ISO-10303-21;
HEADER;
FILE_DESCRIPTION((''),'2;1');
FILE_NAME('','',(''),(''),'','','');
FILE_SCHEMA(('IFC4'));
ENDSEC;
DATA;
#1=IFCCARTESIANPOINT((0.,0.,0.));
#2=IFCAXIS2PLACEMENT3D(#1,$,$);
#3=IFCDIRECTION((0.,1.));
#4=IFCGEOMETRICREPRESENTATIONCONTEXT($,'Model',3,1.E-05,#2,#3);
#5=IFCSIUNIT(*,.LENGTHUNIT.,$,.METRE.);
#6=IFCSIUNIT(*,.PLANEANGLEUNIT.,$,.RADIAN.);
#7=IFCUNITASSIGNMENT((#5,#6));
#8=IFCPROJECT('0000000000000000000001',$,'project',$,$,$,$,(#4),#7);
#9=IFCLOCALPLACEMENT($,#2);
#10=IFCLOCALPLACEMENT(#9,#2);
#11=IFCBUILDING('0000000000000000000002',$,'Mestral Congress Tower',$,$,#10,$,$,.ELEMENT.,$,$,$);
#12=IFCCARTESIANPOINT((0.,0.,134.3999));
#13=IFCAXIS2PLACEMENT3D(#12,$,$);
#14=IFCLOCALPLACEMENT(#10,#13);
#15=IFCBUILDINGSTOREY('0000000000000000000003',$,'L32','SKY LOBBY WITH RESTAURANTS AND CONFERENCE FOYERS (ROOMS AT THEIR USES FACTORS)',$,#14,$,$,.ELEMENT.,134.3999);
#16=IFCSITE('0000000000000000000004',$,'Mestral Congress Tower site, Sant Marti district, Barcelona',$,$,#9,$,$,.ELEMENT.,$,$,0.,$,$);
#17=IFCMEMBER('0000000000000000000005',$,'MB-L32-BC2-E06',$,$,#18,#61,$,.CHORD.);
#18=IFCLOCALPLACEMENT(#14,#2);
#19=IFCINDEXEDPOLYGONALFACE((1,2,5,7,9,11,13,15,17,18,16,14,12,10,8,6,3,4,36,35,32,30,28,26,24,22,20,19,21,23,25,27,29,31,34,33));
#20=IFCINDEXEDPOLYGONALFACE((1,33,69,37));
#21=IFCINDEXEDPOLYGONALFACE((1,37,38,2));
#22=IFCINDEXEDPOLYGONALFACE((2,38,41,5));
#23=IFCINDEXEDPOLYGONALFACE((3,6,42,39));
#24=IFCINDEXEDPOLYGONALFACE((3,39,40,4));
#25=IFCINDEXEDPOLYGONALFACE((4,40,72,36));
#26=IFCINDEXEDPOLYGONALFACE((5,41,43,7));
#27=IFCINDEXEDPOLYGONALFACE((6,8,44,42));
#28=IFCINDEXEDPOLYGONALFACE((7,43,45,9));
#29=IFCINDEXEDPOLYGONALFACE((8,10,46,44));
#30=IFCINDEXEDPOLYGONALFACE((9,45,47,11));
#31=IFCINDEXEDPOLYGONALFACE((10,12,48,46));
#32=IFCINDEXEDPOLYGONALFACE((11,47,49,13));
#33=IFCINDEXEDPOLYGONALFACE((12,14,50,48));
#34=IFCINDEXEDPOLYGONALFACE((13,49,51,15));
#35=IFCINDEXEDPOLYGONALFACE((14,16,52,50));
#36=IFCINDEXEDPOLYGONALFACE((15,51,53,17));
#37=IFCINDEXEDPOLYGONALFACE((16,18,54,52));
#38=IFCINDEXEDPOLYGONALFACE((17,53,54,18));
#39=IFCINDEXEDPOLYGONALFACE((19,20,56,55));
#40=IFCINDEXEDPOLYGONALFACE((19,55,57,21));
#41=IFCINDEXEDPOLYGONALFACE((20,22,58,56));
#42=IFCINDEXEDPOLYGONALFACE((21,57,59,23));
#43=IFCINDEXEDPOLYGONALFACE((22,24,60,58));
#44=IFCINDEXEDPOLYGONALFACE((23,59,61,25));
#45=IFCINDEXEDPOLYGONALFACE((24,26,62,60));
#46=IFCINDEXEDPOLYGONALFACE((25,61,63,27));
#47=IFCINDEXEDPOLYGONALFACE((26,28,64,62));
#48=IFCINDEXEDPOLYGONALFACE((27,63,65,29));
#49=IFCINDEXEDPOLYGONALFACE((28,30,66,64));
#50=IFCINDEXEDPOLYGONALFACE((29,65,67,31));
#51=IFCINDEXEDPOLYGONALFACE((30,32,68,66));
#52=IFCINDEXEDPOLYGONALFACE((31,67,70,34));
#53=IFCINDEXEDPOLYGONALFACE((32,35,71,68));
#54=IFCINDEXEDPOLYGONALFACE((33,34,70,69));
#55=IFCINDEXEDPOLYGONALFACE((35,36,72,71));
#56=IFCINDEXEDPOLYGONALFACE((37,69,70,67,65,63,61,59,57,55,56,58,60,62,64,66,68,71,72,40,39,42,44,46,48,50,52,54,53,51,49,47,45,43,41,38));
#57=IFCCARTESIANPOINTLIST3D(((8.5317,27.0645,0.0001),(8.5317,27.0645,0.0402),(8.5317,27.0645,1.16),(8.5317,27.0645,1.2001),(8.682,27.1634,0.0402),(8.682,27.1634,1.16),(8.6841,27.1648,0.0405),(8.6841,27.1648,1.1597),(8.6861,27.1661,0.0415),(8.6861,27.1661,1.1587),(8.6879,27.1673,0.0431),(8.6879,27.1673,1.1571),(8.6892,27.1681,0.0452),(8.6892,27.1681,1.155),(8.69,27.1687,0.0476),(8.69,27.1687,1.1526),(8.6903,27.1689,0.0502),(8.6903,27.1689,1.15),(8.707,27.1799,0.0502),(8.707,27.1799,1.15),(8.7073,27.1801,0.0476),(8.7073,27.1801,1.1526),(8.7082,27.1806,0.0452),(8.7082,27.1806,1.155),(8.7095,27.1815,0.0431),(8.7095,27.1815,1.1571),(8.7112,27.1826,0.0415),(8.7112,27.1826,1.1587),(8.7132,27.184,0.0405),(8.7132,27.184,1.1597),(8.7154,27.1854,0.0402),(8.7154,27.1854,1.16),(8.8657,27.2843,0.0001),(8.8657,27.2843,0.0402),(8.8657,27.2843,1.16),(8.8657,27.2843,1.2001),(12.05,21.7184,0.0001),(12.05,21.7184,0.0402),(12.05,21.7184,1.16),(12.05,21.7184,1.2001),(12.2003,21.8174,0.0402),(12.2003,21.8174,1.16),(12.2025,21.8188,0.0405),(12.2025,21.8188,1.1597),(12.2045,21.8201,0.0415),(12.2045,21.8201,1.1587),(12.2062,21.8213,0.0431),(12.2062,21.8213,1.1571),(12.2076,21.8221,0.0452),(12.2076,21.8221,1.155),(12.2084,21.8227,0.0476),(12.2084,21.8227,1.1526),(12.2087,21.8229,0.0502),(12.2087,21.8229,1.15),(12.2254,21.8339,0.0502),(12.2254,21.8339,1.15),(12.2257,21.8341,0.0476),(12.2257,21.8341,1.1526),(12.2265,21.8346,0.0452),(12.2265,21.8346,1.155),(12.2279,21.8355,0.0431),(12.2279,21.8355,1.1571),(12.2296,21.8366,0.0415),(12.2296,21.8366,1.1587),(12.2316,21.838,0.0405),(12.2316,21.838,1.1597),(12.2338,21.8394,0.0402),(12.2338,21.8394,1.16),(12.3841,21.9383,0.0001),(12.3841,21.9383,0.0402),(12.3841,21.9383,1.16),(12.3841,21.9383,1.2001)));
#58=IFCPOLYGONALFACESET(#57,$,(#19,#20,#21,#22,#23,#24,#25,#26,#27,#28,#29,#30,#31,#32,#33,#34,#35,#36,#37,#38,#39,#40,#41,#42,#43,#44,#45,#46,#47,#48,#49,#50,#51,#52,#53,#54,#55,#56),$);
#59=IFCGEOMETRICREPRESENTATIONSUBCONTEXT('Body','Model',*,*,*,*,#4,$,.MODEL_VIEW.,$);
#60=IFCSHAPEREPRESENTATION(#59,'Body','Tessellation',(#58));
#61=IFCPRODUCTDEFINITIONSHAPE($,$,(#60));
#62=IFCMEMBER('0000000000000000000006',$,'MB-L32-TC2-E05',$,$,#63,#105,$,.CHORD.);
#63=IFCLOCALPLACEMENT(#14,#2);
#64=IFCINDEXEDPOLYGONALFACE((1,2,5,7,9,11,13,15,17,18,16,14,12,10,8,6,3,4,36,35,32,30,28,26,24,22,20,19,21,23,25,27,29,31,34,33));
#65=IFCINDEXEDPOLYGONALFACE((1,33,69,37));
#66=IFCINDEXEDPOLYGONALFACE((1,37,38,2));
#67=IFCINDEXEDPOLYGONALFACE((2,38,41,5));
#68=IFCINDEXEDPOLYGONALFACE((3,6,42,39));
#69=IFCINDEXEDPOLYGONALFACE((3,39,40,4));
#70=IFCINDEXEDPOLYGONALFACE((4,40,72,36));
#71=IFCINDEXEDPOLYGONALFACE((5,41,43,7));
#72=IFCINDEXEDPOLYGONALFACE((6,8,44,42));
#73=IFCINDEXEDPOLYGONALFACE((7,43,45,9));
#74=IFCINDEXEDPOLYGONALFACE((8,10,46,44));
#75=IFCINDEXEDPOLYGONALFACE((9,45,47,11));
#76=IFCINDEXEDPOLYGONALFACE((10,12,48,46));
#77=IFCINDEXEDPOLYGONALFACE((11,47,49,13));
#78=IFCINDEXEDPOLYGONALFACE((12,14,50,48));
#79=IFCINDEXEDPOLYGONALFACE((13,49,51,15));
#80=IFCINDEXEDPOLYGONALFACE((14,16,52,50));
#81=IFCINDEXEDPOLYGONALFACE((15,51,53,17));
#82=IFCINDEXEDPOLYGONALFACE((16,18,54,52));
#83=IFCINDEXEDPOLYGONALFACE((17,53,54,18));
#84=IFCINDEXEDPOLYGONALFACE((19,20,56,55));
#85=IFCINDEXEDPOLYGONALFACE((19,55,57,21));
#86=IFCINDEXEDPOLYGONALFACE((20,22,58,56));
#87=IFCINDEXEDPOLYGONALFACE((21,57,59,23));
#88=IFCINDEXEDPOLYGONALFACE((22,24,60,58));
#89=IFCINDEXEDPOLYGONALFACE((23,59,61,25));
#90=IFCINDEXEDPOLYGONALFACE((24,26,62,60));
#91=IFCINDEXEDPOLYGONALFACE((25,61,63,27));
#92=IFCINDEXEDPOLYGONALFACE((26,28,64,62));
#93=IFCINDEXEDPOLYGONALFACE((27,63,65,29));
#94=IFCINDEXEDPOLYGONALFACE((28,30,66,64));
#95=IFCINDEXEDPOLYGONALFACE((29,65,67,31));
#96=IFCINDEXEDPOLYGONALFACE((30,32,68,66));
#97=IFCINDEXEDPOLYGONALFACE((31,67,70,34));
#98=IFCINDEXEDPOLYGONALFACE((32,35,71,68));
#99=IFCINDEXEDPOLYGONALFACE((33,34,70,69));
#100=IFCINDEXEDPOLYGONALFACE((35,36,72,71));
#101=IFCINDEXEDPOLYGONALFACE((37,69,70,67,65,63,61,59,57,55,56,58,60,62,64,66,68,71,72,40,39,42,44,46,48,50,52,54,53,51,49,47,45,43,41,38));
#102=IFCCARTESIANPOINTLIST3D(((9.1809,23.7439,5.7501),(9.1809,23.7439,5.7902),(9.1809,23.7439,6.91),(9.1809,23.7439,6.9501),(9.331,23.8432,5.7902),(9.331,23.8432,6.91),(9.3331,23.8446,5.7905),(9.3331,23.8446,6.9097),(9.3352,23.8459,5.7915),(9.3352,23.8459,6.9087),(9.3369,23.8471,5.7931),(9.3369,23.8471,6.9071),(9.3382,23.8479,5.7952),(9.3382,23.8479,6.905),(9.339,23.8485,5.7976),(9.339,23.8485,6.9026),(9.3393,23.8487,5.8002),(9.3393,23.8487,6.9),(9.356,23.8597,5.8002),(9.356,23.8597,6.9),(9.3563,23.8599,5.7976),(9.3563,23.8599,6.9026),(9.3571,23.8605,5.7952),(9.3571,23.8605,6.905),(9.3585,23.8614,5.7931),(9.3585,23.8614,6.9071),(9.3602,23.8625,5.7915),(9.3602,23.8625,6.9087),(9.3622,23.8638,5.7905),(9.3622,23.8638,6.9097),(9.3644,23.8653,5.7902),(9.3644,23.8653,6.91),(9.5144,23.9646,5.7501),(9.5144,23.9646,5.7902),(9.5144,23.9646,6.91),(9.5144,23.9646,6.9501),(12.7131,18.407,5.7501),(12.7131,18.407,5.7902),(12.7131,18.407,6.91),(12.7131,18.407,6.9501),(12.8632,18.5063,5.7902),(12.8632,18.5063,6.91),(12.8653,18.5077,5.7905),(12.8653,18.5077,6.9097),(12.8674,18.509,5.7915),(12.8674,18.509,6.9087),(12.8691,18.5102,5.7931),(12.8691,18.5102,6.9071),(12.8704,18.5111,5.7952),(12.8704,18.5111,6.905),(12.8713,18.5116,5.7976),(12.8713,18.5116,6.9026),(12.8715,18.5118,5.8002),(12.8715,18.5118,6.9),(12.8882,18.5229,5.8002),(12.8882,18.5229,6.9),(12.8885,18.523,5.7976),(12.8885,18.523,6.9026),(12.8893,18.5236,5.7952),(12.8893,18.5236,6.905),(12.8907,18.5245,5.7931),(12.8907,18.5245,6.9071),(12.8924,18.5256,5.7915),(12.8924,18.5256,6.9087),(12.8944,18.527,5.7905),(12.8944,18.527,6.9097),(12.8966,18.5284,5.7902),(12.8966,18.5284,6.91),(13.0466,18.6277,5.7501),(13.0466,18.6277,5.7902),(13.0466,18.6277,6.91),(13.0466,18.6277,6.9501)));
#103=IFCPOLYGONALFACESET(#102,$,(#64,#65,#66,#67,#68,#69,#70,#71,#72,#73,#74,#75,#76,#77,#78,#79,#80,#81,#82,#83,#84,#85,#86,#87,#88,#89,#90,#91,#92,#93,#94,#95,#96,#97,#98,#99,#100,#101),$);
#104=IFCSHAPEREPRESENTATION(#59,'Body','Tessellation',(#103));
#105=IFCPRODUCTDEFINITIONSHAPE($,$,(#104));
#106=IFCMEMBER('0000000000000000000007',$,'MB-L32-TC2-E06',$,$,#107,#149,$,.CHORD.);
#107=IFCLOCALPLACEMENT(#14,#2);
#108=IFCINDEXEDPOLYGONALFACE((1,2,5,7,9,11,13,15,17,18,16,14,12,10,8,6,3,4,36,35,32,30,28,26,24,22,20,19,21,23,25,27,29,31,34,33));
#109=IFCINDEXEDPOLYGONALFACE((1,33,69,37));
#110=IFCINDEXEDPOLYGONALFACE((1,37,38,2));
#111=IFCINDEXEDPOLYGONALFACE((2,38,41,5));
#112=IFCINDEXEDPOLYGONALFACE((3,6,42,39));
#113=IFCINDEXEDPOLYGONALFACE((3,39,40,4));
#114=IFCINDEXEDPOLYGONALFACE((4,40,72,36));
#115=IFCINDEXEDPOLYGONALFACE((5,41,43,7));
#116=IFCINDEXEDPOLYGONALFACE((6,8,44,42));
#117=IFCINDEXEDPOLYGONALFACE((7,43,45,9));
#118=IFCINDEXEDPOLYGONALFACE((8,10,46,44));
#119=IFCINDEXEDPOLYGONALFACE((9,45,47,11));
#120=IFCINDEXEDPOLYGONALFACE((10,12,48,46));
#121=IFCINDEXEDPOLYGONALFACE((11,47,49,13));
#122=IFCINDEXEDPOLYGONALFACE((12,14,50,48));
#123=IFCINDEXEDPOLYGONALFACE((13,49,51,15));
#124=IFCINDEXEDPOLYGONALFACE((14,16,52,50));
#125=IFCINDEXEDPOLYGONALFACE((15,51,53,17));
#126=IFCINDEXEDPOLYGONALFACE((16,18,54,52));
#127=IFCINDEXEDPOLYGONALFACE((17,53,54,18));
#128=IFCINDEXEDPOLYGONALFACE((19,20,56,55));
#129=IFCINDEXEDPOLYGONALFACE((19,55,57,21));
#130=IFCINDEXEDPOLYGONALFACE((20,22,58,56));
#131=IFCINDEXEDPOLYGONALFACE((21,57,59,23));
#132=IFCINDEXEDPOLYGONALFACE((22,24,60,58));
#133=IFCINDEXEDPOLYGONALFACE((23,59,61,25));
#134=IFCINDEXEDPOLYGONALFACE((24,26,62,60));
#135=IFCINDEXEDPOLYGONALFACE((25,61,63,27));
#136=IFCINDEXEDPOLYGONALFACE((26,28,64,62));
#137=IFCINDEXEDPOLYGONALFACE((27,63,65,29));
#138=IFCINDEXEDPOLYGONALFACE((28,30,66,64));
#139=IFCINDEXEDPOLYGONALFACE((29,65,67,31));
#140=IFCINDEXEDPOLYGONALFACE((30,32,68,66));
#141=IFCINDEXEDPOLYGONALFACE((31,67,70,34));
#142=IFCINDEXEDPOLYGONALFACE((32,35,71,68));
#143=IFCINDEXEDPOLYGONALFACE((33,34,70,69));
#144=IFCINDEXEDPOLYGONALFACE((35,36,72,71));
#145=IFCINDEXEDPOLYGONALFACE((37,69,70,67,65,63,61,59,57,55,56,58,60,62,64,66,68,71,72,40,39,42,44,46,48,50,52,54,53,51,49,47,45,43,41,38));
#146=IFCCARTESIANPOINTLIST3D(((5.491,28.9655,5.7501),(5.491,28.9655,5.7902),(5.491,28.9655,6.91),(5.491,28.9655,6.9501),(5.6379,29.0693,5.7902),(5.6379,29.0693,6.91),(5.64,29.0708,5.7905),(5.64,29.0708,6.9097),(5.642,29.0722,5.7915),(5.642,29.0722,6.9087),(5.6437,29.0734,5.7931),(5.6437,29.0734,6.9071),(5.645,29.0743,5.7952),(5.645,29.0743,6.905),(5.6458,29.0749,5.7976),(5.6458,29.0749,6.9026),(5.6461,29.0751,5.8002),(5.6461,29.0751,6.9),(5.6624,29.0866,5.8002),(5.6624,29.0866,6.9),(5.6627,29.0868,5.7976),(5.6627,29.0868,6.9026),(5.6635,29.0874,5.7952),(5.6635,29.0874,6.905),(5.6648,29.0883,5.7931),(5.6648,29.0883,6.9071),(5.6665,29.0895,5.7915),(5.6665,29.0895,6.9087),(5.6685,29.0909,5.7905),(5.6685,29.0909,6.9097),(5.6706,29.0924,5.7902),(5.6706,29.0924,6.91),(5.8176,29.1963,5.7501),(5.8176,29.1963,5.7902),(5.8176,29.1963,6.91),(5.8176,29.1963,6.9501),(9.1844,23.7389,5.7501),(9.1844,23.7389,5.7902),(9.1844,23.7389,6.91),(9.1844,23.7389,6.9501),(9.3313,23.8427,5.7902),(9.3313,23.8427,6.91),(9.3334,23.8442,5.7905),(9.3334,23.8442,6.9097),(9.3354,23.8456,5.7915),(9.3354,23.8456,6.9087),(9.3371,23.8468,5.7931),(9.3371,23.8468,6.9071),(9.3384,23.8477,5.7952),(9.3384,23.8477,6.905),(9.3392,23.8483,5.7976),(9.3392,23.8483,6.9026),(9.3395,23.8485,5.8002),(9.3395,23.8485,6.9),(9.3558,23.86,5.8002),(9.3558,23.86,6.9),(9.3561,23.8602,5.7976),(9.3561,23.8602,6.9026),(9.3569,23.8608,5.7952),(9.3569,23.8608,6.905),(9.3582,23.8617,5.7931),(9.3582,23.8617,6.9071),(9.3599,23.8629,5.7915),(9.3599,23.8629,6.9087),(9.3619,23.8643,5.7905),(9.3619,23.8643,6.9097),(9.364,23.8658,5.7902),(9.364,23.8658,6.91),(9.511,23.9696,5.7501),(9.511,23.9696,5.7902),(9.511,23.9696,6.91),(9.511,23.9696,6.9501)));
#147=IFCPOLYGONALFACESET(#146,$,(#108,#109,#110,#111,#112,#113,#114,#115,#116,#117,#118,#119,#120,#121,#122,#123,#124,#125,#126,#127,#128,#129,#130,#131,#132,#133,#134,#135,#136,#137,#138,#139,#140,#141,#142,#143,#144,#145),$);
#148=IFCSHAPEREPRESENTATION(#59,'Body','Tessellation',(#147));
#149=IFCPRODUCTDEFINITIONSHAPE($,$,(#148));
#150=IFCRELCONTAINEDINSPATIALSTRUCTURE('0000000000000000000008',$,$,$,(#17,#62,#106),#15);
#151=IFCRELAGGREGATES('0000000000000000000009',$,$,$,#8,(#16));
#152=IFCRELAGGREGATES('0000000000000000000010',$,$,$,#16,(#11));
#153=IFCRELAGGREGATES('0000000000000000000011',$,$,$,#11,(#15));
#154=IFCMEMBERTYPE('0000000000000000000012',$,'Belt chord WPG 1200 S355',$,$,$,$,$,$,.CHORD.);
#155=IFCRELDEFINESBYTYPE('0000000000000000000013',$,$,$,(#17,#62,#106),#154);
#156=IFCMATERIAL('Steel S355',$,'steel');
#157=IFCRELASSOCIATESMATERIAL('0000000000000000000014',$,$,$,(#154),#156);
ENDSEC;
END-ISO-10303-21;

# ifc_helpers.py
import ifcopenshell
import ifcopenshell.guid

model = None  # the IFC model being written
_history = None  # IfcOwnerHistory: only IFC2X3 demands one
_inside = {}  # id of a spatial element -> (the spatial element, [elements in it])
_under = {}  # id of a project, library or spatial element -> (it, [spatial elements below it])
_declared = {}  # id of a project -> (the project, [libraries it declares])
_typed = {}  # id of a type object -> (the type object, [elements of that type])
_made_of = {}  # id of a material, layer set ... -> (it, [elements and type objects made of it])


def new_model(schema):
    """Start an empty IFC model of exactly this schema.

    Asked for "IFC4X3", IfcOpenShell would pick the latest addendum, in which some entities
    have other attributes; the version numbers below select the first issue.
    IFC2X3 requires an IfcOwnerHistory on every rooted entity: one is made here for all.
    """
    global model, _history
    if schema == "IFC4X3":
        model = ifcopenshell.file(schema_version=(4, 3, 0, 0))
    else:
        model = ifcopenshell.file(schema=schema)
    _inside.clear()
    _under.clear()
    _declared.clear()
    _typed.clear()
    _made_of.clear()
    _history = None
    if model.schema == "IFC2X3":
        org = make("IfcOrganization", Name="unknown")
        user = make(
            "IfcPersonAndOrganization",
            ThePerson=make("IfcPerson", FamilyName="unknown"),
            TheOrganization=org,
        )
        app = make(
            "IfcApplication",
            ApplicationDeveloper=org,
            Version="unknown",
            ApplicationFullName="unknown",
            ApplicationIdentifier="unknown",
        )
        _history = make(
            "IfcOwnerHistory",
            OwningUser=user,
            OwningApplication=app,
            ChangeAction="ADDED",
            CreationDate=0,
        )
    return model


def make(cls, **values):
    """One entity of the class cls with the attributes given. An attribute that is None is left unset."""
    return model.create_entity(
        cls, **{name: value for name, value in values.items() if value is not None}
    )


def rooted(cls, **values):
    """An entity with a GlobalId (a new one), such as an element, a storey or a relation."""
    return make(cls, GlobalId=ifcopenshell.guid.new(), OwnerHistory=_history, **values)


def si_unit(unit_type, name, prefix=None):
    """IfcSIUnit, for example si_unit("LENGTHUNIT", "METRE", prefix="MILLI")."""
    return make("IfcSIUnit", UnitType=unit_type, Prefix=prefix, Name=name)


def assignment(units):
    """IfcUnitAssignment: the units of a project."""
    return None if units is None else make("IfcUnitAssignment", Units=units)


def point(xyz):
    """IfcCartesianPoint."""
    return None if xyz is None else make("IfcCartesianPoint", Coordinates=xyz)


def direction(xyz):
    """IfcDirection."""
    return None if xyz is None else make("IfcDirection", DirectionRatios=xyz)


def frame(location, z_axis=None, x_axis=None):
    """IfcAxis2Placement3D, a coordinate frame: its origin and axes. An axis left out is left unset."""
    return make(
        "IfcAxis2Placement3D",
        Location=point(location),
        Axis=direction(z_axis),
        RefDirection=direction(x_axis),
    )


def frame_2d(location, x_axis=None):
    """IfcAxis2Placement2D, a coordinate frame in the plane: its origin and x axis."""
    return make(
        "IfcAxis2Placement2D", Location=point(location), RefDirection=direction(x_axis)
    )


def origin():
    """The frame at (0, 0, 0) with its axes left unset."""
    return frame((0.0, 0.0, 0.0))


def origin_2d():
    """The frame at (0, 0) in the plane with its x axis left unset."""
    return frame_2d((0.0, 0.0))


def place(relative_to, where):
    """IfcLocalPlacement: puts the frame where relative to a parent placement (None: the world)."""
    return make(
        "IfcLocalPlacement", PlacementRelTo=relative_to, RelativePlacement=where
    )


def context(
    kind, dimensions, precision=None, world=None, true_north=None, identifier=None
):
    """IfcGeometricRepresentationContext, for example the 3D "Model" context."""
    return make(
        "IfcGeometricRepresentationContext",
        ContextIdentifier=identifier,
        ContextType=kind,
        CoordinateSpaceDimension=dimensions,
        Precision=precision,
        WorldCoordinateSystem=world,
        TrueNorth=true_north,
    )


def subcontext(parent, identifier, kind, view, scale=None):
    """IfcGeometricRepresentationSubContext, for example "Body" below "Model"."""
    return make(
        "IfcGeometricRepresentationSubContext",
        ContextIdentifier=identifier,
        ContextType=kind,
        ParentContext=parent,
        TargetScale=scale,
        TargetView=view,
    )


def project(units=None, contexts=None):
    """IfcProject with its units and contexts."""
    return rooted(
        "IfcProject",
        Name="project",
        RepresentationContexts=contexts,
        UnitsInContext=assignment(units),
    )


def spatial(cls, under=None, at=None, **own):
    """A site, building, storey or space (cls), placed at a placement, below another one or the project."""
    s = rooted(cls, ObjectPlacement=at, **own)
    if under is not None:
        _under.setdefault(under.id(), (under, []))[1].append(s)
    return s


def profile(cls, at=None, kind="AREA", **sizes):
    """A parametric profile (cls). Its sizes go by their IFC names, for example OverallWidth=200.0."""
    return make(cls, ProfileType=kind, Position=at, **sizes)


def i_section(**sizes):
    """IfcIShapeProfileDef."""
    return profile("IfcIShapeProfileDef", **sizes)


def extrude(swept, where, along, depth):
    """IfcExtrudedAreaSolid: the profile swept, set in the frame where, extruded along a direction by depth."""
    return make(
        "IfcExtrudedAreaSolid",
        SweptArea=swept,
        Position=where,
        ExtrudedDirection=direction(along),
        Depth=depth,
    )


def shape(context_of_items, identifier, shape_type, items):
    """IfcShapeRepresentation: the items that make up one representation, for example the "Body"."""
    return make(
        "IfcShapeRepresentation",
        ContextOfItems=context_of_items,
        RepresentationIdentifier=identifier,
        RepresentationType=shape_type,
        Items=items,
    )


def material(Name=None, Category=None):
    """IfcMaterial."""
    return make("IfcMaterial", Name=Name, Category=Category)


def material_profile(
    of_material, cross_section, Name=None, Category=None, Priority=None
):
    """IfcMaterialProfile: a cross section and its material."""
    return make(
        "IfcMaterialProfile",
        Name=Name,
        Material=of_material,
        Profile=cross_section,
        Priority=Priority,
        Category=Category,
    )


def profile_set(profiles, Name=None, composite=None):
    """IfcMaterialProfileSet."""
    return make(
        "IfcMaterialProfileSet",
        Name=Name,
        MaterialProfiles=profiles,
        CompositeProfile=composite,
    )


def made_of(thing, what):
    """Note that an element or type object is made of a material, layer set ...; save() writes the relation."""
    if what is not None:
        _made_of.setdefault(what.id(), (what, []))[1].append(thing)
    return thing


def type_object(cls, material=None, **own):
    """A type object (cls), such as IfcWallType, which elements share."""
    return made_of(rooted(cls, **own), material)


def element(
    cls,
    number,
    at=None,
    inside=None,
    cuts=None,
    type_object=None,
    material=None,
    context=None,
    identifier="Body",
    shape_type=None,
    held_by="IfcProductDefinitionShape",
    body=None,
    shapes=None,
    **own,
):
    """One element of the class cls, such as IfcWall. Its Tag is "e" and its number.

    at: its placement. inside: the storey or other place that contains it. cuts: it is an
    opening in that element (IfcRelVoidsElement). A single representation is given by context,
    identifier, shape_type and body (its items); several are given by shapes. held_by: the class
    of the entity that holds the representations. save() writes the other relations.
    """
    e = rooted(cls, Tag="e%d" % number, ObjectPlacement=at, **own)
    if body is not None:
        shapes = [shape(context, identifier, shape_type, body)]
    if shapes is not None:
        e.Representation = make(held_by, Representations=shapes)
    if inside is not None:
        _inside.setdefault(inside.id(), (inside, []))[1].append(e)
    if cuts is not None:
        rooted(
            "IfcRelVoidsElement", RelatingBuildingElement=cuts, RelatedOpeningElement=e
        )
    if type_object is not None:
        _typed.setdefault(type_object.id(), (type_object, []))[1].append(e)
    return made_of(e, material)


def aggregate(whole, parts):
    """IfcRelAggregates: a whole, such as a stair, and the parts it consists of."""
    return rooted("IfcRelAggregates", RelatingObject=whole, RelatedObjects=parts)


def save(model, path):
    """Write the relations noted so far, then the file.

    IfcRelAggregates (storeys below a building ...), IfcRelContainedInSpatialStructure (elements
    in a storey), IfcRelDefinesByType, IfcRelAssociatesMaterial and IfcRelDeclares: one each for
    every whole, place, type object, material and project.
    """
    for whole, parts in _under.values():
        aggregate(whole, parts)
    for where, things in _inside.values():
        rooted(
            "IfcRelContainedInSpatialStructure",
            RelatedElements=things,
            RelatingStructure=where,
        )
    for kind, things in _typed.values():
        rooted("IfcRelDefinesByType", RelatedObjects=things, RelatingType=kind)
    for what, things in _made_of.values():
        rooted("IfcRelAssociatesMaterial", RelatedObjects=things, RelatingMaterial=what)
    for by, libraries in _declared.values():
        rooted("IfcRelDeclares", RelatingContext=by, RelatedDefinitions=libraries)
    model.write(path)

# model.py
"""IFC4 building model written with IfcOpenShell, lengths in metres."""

from ifc_helpers import new_model, si_unit, direction, frame, origin, origin_2d, place, context, subcontext, project, spatial, i_section, extrude, material, material_profile, profile_set, type_object, element, save


model = new_model("IFC4")

# Units and contexts
model_context = context("Model", 3, precision=1e-05, world=origin(), true_north=direction((0.0, 1.0)))
body_context = subcontext(model_context, "Body", "Model", "MODEL_VIEW")
ifc_project = project(units=[si_unit("LENGTHUNIT", "METRE"), si_unit("PLANEANGLEUNIT", "RADIAN")], contexts=[model_context])

# Site, building, storey
site_placement = place(None, origin())
site = spatial("IfcSite", under=ifc_project, at=site_placement, Name="Mestral Congress Tower site, Sant Marti district, Barcelona", CompositionType="ELEMENT", RefElevation=0.0)
building_placement = place(site_placement, origin())
building = spatial("IfcBuilding", under=site, at=building_placement, Name="Mestral Congress Tower", CompositionType="ELEMENT")
storey_placement = place(building_placement, frame((0.0, 0.0, 134.3999)))
storey = spatial("IfcBuildingStorey", under=building, at=storey_placement, Name="L32", Description="SKY LOBBY WITH RESTAURANTS AND CONFERENCE FOYERS (ROOMS AT THEIR USES FACTORS)", CompositionType="ELEMENT", Elevation=134.3999)

# Members
ifc_material_1 = material(Name="Steel S355", Category="steel")
ifc_material_profile_1 = material_profile(ifc_material_1, i_section(OverallWidth=0.3999, OverallDepth=1.2, WebThickness=0.02, FlangeThickness=0.04, FilletRadius=0.01, at=origin_2d()), Name="WPG 1200")
ifc_profile_set_1 = profile_set([ifc_material_profile_1], Name="Steel S355")
member_type_1 = type_object("IfcMemberType", Name="Belt chord WPG 1200 S355", PredefinedType="CHORD", material=ifc_profile_set_1)
for number, where, z_axis, x_axis, name in (
    (1, (12.217, 21.8284, 0.6001), (-0.549752, 0.835328, 0.0), (-0.835328, -0.549752, 0.0), "MB-L32-BC2-E06"),
    (2, (12.8799, 18.5173, 6.3501), (-0.551915, 0.8339, 0.0), (-0.8339, -0.551915, 0.0), "MB-L32-TC2-E05"),
    (3, (9.3477, 23.8542, 6.3501), (-0.577102, 0.816672, 0.0), (-0.816672, -0.577102, 0.0), "MB-L32-TC2-E06"),
):
    element("IfcMember", number, at=place(storey_placement, frame(where, z_axis=z_axis, x_axis=x_axis)), inside=storey, type_object=member_type_1, Name=name, PredefinedType="CHORD", context=body_context, shape_type="SweptSolid", body=[
        extrude(i_section(OverallWidth=0.3999, OverallDepth=1.2, WebThickness=0.02, FlangeThickness=0.04, FilletRadius=0.01, at=origin_2d()), origin(), (0.0, 0.0, 1.0), 6.3999),
    ])

save(model, "model.ifc")
